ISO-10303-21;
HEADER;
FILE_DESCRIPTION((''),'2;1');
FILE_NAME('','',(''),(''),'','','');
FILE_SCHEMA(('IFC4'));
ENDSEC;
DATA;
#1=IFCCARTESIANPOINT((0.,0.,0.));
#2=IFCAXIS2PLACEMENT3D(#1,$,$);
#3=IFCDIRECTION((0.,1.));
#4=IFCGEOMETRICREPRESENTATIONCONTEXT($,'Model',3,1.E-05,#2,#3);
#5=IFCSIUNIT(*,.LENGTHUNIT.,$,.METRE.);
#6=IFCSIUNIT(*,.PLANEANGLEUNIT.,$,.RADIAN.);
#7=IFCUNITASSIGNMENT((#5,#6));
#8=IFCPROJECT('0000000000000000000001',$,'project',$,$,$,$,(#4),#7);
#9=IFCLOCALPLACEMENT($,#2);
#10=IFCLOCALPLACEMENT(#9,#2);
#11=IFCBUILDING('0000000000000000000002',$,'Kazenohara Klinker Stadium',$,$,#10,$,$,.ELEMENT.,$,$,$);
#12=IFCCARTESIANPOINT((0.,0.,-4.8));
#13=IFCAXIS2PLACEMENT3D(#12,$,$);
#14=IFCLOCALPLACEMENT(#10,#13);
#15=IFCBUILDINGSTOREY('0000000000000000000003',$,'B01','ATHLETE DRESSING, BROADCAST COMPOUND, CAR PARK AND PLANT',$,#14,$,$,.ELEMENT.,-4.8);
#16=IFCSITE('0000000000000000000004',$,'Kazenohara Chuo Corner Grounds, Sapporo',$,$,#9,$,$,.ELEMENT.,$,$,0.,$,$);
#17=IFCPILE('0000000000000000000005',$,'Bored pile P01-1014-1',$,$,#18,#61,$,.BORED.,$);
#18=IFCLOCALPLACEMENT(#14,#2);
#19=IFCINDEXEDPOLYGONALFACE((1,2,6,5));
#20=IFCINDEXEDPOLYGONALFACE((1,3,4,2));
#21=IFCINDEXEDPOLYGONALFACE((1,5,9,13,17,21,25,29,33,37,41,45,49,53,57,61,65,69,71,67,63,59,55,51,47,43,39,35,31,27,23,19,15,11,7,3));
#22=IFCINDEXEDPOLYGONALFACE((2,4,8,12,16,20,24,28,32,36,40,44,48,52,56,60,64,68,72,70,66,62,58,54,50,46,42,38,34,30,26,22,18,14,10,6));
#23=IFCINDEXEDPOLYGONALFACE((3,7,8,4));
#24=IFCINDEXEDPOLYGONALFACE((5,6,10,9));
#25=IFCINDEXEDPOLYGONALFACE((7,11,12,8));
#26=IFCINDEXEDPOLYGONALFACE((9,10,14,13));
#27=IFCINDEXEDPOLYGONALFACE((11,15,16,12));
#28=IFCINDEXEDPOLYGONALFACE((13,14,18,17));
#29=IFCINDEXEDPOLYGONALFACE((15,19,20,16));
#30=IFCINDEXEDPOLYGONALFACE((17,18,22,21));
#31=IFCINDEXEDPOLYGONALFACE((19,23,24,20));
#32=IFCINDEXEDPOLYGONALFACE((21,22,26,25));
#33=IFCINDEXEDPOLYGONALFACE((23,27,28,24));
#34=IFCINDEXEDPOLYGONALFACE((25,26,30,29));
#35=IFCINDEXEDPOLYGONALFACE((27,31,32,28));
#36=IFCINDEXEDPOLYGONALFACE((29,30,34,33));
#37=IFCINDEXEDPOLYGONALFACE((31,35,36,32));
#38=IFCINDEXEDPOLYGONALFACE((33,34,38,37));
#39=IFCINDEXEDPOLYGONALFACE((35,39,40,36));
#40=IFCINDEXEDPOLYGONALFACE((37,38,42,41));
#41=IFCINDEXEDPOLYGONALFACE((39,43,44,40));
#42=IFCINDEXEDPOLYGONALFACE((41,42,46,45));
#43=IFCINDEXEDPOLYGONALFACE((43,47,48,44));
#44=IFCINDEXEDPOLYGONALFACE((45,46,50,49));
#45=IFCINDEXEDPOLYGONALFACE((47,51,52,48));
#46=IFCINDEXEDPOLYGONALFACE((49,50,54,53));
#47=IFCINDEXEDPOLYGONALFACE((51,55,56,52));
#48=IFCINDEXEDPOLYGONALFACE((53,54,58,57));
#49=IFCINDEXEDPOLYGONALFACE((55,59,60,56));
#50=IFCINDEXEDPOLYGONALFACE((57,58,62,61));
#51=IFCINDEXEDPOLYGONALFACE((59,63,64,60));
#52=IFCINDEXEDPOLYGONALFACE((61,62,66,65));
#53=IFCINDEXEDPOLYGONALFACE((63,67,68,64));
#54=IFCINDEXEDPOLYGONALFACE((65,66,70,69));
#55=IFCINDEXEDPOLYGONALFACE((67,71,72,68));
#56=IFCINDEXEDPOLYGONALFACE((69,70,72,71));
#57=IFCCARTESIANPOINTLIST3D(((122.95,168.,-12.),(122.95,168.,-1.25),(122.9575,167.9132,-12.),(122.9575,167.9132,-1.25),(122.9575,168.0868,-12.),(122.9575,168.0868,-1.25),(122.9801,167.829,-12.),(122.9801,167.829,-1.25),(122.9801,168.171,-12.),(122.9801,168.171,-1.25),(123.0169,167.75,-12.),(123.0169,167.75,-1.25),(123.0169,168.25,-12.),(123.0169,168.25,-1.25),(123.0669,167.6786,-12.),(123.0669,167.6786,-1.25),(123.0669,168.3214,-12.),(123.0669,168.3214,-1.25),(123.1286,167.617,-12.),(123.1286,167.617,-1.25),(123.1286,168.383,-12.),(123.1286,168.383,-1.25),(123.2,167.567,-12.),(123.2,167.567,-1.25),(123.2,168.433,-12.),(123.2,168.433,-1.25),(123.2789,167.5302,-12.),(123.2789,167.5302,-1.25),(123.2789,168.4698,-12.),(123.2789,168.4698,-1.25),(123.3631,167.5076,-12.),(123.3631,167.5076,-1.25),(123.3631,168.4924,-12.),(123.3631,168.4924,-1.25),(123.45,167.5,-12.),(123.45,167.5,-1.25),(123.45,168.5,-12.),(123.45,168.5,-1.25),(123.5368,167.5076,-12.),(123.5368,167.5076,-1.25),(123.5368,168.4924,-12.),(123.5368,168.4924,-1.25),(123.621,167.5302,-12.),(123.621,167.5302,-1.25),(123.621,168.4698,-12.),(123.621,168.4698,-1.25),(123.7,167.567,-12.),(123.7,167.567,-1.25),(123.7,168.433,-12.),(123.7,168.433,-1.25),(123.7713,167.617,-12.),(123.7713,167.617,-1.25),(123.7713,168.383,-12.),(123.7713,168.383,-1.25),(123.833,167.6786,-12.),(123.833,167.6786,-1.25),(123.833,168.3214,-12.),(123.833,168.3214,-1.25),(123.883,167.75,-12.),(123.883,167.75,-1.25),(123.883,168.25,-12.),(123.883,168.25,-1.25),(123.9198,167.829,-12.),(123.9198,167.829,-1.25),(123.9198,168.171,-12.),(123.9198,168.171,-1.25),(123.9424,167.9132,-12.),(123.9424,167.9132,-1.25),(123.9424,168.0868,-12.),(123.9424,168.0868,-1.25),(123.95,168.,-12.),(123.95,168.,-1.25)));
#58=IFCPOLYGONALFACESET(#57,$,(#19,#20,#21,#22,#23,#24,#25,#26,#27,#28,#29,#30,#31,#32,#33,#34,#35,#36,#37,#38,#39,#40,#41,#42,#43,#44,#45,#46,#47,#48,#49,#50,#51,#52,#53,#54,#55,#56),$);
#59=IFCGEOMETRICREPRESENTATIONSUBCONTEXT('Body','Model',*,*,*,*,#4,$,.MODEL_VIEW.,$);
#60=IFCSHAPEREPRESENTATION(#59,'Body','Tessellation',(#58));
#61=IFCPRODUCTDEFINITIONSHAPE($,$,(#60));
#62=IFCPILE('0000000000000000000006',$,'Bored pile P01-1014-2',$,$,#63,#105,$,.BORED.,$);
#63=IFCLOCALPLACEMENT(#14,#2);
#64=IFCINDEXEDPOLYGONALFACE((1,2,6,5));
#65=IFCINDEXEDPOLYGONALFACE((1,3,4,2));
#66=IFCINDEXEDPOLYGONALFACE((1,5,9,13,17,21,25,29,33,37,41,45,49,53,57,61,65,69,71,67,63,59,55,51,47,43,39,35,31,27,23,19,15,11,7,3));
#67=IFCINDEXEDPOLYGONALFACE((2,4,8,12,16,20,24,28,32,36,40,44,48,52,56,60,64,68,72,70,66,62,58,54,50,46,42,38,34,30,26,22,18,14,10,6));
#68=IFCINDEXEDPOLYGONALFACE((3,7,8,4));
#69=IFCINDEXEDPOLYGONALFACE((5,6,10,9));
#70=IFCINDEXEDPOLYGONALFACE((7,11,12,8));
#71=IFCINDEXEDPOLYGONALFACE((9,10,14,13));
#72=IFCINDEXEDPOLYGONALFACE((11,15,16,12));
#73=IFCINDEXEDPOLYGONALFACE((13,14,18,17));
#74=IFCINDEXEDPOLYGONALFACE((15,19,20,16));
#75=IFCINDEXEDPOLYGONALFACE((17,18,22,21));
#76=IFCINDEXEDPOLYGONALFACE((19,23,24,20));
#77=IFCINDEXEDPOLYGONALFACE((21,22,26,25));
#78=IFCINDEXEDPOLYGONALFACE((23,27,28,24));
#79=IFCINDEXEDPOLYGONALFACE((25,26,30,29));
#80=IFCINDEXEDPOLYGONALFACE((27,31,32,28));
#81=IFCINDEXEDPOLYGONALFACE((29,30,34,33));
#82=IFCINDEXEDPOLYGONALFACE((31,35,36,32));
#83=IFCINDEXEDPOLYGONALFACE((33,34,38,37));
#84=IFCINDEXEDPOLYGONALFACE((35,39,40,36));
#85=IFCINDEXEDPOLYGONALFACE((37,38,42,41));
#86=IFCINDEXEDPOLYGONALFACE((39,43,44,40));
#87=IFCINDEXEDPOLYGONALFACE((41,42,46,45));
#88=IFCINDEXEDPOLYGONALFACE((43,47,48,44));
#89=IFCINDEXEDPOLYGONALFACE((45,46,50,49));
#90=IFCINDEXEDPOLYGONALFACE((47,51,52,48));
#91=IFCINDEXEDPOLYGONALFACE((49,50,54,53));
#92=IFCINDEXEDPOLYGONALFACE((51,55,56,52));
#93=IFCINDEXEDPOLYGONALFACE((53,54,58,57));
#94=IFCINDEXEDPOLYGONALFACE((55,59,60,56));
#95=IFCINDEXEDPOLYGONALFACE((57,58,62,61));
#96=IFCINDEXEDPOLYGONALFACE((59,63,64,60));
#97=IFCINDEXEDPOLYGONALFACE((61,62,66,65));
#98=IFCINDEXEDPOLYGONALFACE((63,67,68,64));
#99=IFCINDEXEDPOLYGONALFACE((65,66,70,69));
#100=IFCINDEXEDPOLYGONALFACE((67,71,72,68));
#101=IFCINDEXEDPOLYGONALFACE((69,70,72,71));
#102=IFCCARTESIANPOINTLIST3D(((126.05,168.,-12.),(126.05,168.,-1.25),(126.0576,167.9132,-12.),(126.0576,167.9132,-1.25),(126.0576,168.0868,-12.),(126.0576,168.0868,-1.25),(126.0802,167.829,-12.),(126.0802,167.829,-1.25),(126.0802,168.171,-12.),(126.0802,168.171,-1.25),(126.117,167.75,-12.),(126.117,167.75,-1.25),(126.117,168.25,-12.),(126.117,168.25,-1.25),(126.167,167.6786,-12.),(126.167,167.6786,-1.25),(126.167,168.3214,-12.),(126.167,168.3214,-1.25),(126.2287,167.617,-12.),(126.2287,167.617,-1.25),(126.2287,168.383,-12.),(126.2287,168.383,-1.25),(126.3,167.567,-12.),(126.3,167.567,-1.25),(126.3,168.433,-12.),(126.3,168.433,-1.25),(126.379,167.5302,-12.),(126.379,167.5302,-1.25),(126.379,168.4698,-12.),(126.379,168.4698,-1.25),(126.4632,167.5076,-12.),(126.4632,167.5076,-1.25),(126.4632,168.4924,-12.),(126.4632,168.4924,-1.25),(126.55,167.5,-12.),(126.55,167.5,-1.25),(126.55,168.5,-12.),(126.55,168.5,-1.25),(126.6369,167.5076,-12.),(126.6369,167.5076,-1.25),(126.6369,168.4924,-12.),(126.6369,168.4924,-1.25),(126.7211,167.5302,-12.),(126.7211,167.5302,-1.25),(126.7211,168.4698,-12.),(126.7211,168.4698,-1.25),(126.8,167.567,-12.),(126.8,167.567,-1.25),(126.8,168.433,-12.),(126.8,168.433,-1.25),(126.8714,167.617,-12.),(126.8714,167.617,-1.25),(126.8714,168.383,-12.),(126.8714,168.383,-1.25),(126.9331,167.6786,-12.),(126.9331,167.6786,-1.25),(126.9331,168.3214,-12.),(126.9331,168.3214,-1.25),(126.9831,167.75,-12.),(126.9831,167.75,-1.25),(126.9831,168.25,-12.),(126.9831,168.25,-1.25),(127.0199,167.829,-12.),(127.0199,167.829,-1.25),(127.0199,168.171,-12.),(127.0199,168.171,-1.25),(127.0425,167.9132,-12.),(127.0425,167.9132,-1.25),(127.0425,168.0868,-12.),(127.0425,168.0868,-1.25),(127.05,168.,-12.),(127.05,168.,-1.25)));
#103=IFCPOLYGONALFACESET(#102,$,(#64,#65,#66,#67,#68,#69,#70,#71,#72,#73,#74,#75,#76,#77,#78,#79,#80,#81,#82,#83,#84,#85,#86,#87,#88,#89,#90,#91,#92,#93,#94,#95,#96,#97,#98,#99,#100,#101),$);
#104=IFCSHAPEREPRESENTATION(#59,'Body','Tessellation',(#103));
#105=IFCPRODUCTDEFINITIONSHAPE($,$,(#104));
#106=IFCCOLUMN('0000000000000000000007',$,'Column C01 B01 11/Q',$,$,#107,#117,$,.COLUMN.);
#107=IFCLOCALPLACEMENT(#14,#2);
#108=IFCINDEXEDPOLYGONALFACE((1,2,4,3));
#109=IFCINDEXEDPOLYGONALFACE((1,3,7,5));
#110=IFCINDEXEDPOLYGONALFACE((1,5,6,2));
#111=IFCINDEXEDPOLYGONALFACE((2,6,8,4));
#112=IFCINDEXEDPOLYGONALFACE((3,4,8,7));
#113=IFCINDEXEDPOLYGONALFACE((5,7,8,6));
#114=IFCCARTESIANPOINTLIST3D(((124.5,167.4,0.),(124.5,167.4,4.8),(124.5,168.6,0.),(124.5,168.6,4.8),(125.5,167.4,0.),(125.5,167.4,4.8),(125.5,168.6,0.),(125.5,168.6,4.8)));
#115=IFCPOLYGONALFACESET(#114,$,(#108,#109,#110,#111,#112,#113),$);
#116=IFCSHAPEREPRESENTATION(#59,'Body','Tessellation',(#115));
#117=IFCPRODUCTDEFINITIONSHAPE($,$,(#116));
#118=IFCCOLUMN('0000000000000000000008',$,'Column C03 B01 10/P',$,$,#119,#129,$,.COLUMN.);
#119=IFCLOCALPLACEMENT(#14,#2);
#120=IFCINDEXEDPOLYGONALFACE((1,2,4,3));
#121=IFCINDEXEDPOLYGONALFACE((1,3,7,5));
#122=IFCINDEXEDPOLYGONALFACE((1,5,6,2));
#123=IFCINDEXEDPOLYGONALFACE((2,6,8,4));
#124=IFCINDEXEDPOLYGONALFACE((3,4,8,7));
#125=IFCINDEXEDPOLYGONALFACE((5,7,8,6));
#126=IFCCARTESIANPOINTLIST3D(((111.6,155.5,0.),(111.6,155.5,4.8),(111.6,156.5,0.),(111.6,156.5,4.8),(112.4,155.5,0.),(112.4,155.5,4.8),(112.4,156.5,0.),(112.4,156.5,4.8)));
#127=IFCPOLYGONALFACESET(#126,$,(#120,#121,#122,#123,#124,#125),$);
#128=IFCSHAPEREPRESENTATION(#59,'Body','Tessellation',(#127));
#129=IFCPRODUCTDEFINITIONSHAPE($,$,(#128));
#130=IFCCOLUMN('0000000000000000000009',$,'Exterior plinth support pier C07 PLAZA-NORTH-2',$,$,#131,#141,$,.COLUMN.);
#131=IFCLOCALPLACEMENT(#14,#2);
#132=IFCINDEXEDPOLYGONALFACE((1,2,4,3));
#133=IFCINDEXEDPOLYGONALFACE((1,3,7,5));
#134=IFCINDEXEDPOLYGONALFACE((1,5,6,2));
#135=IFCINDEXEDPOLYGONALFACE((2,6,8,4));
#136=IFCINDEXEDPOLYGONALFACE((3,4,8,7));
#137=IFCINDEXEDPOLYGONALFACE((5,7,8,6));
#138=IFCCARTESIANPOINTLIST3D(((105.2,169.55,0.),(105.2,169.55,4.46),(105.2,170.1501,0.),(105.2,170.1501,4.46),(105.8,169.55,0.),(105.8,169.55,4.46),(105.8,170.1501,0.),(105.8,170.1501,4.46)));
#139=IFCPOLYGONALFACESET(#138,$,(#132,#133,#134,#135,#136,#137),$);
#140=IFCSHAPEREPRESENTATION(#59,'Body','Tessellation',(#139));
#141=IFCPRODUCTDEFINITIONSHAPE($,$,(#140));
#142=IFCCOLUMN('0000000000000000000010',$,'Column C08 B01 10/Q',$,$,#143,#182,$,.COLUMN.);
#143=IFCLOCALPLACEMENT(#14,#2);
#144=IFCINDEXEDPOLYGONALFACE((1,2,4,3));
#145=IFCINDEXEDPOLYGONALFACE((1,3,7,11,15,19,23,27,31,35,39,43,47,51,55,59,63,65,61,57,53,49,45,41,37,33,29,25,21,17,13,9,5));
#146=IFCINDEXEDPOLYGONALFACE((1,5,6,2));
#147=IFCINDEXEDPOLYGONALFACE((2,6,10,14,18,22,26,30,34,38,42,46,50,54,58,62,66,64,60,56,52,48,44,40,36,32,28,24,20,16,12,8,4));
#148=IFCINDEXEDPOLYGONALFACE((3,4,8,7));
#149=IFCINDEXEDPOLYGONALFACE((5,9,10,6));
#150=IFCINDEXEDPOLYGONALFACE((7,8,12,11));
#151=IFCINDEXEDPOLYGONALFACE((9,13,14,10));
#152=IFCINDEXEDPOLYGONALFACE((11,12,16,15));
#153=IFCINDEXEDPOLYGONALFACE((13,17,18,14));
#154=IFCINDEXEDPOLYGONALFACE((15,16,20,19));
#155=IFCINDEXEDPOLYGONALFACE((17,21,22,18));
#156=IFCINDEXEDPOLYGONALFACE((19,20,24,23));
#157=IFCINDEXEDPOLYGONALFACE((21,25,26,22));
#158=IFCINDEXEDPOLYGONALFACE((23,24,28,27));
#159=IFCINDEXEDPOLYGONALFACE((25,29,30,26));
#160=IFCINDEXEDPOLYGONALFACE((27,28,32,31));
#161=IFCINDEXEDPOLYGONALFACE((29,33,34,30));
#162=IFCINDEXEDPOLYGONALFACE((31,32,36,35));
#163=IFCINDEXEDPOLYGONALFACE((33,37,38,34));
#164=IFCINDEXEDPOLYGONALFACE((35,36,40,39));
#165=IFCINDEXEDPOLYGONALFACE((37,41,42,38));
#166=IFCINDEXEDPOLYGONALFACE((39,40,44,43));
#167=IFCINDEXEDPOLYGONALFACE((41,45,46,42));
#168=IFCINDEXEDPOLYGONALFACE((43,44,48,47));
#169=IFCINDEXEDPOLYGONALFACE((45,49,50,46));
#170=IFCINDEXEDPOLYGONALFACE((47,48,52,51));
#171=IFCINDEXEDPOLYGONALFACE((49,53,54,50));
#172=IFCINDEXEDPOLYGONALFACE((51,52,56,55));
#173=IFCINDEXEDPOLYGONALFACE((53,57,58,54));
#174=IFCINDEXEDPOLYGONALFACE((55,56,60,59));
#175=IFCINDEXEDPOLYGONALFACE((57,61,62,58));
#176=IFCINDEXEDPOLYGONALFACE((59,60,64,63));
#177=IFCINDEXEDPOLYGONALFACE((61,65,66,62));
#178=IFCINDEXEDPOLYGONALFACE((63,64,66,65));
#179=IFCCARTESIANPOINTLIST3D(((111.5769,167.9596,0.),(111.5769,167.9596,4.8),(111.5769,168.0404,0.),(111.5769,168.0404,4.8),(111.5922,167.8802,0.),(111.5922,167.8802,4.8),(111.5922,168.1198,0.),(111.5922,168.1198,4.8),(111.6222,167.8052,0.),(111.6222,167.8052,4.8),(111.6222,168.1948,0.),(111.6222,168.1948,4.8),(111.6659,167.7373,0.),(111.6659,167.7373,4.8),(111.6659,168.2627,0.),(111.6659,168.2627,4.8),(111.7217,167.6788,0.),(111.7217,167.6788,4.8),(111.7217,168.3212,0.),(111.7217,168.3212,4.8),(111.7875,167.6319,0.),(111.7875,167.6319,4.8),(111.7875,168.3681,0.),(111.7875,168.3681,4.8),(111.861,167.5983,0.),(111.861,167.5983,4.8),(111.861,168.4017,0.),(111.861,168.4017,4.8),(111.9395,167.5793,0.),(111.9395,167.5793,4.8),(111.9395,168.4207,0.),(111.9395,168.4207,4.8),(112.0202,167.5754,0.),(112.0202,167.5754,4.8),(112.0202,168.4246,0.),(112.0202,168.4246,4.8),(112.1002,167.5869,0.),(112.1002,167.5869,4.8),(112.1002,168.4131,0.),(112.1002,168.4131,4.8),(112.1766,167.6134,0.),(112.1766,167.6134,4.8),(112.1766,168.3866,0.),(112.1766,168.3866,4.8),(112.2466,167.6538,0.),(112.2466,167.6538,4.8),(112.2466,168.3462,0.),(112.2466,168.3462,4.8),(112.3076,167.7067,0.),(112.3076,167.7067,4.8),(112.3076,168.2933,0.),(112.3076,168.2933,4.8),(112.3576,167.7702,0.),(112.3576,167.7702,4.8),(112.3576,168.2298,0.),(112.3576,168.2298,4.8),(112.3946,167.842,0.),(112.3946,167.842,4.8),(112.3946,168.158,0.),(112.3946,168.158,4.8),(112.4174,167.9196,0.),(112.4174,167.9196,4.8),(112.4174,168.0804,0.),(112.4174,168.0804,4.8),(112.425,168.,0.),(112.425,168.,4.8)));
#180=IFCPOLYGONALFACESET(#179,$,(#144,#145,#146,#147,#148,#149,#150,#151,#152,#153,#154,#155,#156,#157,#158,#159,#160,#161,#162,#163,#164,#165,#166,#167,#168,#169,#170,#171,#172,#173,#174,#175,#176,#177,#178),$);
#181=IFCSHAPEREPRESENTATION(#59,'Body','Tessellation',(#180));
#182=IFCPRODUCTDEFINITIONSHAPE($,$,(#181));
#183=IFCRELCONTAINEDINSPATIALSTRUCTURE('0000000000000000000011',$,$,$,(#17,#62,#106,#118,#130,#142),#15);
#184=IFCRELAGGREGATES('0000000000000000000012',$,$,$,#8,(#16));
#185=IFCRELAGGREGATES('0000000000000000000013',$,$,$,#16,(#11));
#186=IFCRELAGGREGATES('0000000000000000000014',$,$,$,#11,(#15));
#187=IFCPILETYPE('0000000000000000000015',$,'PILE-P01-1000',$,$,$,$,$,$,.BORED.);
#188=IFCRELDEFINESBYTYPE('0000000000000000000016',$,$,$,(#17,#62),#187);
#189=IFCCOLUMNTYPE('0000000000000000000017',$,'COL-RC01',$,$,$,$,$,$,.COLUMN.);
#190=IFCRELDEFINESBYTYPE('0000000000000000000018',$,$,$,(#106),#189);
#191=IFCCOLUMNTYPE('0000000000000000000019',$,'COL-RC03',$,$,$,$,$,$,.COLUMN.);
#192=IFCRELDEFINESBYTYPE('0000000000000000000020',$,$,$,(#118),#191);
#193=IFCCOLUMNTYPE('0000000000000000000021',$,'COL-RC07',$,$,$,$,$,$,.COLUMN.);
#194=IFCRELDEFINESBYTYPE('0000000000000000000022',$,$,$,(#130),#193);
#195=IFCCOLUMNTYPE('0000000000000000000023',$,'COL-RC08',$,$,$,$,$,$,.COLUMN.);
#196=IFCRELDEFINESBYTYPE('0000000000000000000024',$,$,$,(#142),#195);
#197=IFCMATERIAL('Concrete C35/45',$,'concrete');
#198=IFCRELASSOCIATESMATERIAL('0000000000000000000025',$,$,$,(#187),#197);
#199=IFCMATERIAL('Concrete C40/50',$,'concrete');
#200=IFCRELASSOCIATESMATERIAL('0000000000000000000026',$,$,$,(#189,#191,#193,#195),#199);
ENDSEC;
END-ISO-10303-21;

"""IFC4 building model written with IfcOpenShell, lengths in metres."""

from ifc_helpers import new_model, si_unit, direction, frame, origin, origin_2d, place, context, subcontext, project, spatial, rectangle, circle, extrude, material, material_profile, profile_set, type_object, element, save


model = new_model("IFC4")

# Units and contexts
model_context = context("Model", 3, precision=1e-05, world=origin(), true_north=direction((0.0, 1.0)))
body_context = subcontext(model_context, "Body", "Model", "MODEL_VIEW")
ifc_project = project(units=[si_unit("LENGTHUNIT", "METRE"), si_unit("PLANEANGLEUNIT", "RADIAN")], contexts=[model_context])

# Site, building, storey
site_placement = place(None, origin())
site = spatial("IfcSite", under=ifc_project, at=site_placement, Name="Kazenohara Chuo Corner Grounds, Sapporo", CompositionType="ELEMENT", RefElevation=0.0)
building_placement = place(site_placement, origin())
building = spatial("IfcBuilding", under=site, at=building_placement, Name="Kazenohara Klinker Stadium", CompositionType="ELEMENT")
storey_placement = place(building_placement, frame((0.0, 0.0, -4.8)))
storey = spatial("IfcBuildingStorey", under=building, at=storey_placement, Name="B01", Description="ATHLETE DRESSING, BROADCAST COMPOUND, CAR PARK AND PLANT", CompositionType="ELEMENT", Elevation=-4.8)

# Shared definitions
ifc_material_1 = material(Name="Concrete C35/45", Category="concrete")

# Piles
ifc_material_profile_1 = material_profile(ifc_material_1, circle(Radius=0.5, at=origin_2d()), Name="BORED-PILE-1000")
ifc_profile_set_1 = profile_set([ifc_material_profile_1], Name="Concrete C35/45")
pile_type = type_object("IfcPileType", Name="PILE-P01-1000", PredefinedType="BORED", material=ifc_profile_set_1)
for number, where, z_axis, x_axis, name in (
    (1, (123.45, 168.0, -1.25), (0.0, 0.0, -1.0), (1.0, 0.0, 0.0), "Bored pile P01-1014-1"),
    (2, (126.55, 168.0, -1.25), (0.0, 0.0, -1.0), (1.0, 0.0, 0.0), "Bored pile P01-1014-2"),
):
    element("IfcPile", number, at=place(storey_placement, frame(where, z_axis=z_axis, x_axis=x_axis)), inside=storey, type_object=pile_type, Name=name, PredefinedType="BORED", context=body_context, shape_type="SweptSolid", body=[
        extrude(circle(Radius=0.5, at=origin_2d()), origin(), (0.0, 0.0, 1.0), 10.75),
    ])

# Columns
ifc_material_2 = material(Name="Concrete C40/50", Category="concrete")
ifc_material_profile_2 = material_profile(ifc_material_2, rectangle(XDim=1.0, YDim=1.2, at=origin_2d()), Name="RC-COL-1200x1000")
ifc_profile_set_2 = profile_set([ifc_material_profile_2], Name="Concrete C40/50")
column_type_1 = type_object("IfcColumnType", Name="COL-RC01", PredefinedType="COLUMN", material=ifc_profile_set_2)
column_1_placement = place(storey_placement, frame((125.0, 168.0, 0.0), z_axis=(0.0, 0.0, 1.0), x_axis=(1.0, 0.0, 0.0)))
element("IfcColumn", 3, at=column_1_placement, inside=storey, type_object=column_type_1, Name="Column C01 B01 11/Q", PredefinedType="COLUMN", context=body_context, shape_type="SweptSolid", body=[
    extrude(rectangle(XDim=1.0, YDim=1.2, at=origin_2d()), origin(), (0.0, 0.0, 1.0), 4.8),
])
ifc_material_profile_3 = material_profile(ifc_material_2, rectangle(XDim=0.8, YDim=1.0, at=origin_2d()), Name="RC-COL-1000x800")
ifc_profile_set_3 = profile_set([ifc_material_profile_3], Name="Concrete C40/50")
column_type_2 = type_object("IfcColumnType", Name="COL-RC03", PredefinedType="COLUMN", material=ifc_profile_set_3)
column_2_placement = place(storey_placement, frame((112.0, 156.0, 0.0), z_axis=(0.0, 0.0, 1.0), x_axis=(1.0, 0.0, 0.0)))
element("IfcColumn", 4, at=column_2_placement, inside=storey, type_object=column_type_2, Name="Column C03 B01 10/P", PredefinedType="COLUMN", context=body_context, shape_type="SweptSolid", body=[
    extrude(rectangle(XDim=0.8, YDim=1.0, at=origin_2d()), origin(), (0.0, 0.0, 1.0), 4.8),
])
ifc_material_profile_4 = material_profile(ifc_material_2, rectangle(XDim=0.6001, YDim=0.6001, at=origin_2d()), Name="RC-COL-600x600")
ifc_profile_set_4 = profile_set([ifc_material_profile_4], Name="Concrete C40/50")
column_type_3 = type_object("IfcColumnType", Name="COL-RC07", PredefinedType="COLUMN", material=ifc_profile_set_4)
column_3_placement = place(storey_placement, frame((105.5, 169.8501, 0.0), z_axis=(0.0, 0.0, 1.0), x_axis=(1.0, 0.0, 0.0)))
element("IfcColumn", 5, at=column_3_placement, inside=storey, type_object=column_type_3, Name="Exterior plinth support pier C07 PLAZA-NORTH-2", PredefinedType="COLUMN", context=body_context, shape_type="SweptSolid", body=[
    extrude(rectangle(XDim=0.6001, YDim=0.6001, at=origin_2d()), origin(), (0.0, 0.0, 1.0), 4.46),
])
ifc_material_profile_5 = material_profile(ifc_material_2, circle(Radius=0.425, at=origin_2d()), Name="RC-COL-D850")
ifc_profile_set_5 = profile_set([ifc_material_profile_5], Name="Concrete C40/50")
column_type_4 = type_object("IfcColumnType", Name="COL-RC08", PredefinedType="COLUMN", material=ifc_profile_set_5)
for number, where, z_axis, x_axis, name in (
    (6, (112.0, 168.0, 0.0), (0.0, 0.0, 1.0), (1.0, 0.0, 0.0), "Column C08 B01 10/Q"),
):
    element("IfcColumn", number, at=place(storey_placement, frame(where, z_axis=z_axis, x_axis=x_axis)), inside=storey, type_object=column_type_4, Name=name, PredefinedType="COLUMN", context=body_context, shape_type="SweptSolid", body=[
        extrude(circle(Radius=0.425, at=origin_2d()), origin(), (0.0, 0.0, 1.0), 4.8),
    ])

save(model, "model.ifc")
